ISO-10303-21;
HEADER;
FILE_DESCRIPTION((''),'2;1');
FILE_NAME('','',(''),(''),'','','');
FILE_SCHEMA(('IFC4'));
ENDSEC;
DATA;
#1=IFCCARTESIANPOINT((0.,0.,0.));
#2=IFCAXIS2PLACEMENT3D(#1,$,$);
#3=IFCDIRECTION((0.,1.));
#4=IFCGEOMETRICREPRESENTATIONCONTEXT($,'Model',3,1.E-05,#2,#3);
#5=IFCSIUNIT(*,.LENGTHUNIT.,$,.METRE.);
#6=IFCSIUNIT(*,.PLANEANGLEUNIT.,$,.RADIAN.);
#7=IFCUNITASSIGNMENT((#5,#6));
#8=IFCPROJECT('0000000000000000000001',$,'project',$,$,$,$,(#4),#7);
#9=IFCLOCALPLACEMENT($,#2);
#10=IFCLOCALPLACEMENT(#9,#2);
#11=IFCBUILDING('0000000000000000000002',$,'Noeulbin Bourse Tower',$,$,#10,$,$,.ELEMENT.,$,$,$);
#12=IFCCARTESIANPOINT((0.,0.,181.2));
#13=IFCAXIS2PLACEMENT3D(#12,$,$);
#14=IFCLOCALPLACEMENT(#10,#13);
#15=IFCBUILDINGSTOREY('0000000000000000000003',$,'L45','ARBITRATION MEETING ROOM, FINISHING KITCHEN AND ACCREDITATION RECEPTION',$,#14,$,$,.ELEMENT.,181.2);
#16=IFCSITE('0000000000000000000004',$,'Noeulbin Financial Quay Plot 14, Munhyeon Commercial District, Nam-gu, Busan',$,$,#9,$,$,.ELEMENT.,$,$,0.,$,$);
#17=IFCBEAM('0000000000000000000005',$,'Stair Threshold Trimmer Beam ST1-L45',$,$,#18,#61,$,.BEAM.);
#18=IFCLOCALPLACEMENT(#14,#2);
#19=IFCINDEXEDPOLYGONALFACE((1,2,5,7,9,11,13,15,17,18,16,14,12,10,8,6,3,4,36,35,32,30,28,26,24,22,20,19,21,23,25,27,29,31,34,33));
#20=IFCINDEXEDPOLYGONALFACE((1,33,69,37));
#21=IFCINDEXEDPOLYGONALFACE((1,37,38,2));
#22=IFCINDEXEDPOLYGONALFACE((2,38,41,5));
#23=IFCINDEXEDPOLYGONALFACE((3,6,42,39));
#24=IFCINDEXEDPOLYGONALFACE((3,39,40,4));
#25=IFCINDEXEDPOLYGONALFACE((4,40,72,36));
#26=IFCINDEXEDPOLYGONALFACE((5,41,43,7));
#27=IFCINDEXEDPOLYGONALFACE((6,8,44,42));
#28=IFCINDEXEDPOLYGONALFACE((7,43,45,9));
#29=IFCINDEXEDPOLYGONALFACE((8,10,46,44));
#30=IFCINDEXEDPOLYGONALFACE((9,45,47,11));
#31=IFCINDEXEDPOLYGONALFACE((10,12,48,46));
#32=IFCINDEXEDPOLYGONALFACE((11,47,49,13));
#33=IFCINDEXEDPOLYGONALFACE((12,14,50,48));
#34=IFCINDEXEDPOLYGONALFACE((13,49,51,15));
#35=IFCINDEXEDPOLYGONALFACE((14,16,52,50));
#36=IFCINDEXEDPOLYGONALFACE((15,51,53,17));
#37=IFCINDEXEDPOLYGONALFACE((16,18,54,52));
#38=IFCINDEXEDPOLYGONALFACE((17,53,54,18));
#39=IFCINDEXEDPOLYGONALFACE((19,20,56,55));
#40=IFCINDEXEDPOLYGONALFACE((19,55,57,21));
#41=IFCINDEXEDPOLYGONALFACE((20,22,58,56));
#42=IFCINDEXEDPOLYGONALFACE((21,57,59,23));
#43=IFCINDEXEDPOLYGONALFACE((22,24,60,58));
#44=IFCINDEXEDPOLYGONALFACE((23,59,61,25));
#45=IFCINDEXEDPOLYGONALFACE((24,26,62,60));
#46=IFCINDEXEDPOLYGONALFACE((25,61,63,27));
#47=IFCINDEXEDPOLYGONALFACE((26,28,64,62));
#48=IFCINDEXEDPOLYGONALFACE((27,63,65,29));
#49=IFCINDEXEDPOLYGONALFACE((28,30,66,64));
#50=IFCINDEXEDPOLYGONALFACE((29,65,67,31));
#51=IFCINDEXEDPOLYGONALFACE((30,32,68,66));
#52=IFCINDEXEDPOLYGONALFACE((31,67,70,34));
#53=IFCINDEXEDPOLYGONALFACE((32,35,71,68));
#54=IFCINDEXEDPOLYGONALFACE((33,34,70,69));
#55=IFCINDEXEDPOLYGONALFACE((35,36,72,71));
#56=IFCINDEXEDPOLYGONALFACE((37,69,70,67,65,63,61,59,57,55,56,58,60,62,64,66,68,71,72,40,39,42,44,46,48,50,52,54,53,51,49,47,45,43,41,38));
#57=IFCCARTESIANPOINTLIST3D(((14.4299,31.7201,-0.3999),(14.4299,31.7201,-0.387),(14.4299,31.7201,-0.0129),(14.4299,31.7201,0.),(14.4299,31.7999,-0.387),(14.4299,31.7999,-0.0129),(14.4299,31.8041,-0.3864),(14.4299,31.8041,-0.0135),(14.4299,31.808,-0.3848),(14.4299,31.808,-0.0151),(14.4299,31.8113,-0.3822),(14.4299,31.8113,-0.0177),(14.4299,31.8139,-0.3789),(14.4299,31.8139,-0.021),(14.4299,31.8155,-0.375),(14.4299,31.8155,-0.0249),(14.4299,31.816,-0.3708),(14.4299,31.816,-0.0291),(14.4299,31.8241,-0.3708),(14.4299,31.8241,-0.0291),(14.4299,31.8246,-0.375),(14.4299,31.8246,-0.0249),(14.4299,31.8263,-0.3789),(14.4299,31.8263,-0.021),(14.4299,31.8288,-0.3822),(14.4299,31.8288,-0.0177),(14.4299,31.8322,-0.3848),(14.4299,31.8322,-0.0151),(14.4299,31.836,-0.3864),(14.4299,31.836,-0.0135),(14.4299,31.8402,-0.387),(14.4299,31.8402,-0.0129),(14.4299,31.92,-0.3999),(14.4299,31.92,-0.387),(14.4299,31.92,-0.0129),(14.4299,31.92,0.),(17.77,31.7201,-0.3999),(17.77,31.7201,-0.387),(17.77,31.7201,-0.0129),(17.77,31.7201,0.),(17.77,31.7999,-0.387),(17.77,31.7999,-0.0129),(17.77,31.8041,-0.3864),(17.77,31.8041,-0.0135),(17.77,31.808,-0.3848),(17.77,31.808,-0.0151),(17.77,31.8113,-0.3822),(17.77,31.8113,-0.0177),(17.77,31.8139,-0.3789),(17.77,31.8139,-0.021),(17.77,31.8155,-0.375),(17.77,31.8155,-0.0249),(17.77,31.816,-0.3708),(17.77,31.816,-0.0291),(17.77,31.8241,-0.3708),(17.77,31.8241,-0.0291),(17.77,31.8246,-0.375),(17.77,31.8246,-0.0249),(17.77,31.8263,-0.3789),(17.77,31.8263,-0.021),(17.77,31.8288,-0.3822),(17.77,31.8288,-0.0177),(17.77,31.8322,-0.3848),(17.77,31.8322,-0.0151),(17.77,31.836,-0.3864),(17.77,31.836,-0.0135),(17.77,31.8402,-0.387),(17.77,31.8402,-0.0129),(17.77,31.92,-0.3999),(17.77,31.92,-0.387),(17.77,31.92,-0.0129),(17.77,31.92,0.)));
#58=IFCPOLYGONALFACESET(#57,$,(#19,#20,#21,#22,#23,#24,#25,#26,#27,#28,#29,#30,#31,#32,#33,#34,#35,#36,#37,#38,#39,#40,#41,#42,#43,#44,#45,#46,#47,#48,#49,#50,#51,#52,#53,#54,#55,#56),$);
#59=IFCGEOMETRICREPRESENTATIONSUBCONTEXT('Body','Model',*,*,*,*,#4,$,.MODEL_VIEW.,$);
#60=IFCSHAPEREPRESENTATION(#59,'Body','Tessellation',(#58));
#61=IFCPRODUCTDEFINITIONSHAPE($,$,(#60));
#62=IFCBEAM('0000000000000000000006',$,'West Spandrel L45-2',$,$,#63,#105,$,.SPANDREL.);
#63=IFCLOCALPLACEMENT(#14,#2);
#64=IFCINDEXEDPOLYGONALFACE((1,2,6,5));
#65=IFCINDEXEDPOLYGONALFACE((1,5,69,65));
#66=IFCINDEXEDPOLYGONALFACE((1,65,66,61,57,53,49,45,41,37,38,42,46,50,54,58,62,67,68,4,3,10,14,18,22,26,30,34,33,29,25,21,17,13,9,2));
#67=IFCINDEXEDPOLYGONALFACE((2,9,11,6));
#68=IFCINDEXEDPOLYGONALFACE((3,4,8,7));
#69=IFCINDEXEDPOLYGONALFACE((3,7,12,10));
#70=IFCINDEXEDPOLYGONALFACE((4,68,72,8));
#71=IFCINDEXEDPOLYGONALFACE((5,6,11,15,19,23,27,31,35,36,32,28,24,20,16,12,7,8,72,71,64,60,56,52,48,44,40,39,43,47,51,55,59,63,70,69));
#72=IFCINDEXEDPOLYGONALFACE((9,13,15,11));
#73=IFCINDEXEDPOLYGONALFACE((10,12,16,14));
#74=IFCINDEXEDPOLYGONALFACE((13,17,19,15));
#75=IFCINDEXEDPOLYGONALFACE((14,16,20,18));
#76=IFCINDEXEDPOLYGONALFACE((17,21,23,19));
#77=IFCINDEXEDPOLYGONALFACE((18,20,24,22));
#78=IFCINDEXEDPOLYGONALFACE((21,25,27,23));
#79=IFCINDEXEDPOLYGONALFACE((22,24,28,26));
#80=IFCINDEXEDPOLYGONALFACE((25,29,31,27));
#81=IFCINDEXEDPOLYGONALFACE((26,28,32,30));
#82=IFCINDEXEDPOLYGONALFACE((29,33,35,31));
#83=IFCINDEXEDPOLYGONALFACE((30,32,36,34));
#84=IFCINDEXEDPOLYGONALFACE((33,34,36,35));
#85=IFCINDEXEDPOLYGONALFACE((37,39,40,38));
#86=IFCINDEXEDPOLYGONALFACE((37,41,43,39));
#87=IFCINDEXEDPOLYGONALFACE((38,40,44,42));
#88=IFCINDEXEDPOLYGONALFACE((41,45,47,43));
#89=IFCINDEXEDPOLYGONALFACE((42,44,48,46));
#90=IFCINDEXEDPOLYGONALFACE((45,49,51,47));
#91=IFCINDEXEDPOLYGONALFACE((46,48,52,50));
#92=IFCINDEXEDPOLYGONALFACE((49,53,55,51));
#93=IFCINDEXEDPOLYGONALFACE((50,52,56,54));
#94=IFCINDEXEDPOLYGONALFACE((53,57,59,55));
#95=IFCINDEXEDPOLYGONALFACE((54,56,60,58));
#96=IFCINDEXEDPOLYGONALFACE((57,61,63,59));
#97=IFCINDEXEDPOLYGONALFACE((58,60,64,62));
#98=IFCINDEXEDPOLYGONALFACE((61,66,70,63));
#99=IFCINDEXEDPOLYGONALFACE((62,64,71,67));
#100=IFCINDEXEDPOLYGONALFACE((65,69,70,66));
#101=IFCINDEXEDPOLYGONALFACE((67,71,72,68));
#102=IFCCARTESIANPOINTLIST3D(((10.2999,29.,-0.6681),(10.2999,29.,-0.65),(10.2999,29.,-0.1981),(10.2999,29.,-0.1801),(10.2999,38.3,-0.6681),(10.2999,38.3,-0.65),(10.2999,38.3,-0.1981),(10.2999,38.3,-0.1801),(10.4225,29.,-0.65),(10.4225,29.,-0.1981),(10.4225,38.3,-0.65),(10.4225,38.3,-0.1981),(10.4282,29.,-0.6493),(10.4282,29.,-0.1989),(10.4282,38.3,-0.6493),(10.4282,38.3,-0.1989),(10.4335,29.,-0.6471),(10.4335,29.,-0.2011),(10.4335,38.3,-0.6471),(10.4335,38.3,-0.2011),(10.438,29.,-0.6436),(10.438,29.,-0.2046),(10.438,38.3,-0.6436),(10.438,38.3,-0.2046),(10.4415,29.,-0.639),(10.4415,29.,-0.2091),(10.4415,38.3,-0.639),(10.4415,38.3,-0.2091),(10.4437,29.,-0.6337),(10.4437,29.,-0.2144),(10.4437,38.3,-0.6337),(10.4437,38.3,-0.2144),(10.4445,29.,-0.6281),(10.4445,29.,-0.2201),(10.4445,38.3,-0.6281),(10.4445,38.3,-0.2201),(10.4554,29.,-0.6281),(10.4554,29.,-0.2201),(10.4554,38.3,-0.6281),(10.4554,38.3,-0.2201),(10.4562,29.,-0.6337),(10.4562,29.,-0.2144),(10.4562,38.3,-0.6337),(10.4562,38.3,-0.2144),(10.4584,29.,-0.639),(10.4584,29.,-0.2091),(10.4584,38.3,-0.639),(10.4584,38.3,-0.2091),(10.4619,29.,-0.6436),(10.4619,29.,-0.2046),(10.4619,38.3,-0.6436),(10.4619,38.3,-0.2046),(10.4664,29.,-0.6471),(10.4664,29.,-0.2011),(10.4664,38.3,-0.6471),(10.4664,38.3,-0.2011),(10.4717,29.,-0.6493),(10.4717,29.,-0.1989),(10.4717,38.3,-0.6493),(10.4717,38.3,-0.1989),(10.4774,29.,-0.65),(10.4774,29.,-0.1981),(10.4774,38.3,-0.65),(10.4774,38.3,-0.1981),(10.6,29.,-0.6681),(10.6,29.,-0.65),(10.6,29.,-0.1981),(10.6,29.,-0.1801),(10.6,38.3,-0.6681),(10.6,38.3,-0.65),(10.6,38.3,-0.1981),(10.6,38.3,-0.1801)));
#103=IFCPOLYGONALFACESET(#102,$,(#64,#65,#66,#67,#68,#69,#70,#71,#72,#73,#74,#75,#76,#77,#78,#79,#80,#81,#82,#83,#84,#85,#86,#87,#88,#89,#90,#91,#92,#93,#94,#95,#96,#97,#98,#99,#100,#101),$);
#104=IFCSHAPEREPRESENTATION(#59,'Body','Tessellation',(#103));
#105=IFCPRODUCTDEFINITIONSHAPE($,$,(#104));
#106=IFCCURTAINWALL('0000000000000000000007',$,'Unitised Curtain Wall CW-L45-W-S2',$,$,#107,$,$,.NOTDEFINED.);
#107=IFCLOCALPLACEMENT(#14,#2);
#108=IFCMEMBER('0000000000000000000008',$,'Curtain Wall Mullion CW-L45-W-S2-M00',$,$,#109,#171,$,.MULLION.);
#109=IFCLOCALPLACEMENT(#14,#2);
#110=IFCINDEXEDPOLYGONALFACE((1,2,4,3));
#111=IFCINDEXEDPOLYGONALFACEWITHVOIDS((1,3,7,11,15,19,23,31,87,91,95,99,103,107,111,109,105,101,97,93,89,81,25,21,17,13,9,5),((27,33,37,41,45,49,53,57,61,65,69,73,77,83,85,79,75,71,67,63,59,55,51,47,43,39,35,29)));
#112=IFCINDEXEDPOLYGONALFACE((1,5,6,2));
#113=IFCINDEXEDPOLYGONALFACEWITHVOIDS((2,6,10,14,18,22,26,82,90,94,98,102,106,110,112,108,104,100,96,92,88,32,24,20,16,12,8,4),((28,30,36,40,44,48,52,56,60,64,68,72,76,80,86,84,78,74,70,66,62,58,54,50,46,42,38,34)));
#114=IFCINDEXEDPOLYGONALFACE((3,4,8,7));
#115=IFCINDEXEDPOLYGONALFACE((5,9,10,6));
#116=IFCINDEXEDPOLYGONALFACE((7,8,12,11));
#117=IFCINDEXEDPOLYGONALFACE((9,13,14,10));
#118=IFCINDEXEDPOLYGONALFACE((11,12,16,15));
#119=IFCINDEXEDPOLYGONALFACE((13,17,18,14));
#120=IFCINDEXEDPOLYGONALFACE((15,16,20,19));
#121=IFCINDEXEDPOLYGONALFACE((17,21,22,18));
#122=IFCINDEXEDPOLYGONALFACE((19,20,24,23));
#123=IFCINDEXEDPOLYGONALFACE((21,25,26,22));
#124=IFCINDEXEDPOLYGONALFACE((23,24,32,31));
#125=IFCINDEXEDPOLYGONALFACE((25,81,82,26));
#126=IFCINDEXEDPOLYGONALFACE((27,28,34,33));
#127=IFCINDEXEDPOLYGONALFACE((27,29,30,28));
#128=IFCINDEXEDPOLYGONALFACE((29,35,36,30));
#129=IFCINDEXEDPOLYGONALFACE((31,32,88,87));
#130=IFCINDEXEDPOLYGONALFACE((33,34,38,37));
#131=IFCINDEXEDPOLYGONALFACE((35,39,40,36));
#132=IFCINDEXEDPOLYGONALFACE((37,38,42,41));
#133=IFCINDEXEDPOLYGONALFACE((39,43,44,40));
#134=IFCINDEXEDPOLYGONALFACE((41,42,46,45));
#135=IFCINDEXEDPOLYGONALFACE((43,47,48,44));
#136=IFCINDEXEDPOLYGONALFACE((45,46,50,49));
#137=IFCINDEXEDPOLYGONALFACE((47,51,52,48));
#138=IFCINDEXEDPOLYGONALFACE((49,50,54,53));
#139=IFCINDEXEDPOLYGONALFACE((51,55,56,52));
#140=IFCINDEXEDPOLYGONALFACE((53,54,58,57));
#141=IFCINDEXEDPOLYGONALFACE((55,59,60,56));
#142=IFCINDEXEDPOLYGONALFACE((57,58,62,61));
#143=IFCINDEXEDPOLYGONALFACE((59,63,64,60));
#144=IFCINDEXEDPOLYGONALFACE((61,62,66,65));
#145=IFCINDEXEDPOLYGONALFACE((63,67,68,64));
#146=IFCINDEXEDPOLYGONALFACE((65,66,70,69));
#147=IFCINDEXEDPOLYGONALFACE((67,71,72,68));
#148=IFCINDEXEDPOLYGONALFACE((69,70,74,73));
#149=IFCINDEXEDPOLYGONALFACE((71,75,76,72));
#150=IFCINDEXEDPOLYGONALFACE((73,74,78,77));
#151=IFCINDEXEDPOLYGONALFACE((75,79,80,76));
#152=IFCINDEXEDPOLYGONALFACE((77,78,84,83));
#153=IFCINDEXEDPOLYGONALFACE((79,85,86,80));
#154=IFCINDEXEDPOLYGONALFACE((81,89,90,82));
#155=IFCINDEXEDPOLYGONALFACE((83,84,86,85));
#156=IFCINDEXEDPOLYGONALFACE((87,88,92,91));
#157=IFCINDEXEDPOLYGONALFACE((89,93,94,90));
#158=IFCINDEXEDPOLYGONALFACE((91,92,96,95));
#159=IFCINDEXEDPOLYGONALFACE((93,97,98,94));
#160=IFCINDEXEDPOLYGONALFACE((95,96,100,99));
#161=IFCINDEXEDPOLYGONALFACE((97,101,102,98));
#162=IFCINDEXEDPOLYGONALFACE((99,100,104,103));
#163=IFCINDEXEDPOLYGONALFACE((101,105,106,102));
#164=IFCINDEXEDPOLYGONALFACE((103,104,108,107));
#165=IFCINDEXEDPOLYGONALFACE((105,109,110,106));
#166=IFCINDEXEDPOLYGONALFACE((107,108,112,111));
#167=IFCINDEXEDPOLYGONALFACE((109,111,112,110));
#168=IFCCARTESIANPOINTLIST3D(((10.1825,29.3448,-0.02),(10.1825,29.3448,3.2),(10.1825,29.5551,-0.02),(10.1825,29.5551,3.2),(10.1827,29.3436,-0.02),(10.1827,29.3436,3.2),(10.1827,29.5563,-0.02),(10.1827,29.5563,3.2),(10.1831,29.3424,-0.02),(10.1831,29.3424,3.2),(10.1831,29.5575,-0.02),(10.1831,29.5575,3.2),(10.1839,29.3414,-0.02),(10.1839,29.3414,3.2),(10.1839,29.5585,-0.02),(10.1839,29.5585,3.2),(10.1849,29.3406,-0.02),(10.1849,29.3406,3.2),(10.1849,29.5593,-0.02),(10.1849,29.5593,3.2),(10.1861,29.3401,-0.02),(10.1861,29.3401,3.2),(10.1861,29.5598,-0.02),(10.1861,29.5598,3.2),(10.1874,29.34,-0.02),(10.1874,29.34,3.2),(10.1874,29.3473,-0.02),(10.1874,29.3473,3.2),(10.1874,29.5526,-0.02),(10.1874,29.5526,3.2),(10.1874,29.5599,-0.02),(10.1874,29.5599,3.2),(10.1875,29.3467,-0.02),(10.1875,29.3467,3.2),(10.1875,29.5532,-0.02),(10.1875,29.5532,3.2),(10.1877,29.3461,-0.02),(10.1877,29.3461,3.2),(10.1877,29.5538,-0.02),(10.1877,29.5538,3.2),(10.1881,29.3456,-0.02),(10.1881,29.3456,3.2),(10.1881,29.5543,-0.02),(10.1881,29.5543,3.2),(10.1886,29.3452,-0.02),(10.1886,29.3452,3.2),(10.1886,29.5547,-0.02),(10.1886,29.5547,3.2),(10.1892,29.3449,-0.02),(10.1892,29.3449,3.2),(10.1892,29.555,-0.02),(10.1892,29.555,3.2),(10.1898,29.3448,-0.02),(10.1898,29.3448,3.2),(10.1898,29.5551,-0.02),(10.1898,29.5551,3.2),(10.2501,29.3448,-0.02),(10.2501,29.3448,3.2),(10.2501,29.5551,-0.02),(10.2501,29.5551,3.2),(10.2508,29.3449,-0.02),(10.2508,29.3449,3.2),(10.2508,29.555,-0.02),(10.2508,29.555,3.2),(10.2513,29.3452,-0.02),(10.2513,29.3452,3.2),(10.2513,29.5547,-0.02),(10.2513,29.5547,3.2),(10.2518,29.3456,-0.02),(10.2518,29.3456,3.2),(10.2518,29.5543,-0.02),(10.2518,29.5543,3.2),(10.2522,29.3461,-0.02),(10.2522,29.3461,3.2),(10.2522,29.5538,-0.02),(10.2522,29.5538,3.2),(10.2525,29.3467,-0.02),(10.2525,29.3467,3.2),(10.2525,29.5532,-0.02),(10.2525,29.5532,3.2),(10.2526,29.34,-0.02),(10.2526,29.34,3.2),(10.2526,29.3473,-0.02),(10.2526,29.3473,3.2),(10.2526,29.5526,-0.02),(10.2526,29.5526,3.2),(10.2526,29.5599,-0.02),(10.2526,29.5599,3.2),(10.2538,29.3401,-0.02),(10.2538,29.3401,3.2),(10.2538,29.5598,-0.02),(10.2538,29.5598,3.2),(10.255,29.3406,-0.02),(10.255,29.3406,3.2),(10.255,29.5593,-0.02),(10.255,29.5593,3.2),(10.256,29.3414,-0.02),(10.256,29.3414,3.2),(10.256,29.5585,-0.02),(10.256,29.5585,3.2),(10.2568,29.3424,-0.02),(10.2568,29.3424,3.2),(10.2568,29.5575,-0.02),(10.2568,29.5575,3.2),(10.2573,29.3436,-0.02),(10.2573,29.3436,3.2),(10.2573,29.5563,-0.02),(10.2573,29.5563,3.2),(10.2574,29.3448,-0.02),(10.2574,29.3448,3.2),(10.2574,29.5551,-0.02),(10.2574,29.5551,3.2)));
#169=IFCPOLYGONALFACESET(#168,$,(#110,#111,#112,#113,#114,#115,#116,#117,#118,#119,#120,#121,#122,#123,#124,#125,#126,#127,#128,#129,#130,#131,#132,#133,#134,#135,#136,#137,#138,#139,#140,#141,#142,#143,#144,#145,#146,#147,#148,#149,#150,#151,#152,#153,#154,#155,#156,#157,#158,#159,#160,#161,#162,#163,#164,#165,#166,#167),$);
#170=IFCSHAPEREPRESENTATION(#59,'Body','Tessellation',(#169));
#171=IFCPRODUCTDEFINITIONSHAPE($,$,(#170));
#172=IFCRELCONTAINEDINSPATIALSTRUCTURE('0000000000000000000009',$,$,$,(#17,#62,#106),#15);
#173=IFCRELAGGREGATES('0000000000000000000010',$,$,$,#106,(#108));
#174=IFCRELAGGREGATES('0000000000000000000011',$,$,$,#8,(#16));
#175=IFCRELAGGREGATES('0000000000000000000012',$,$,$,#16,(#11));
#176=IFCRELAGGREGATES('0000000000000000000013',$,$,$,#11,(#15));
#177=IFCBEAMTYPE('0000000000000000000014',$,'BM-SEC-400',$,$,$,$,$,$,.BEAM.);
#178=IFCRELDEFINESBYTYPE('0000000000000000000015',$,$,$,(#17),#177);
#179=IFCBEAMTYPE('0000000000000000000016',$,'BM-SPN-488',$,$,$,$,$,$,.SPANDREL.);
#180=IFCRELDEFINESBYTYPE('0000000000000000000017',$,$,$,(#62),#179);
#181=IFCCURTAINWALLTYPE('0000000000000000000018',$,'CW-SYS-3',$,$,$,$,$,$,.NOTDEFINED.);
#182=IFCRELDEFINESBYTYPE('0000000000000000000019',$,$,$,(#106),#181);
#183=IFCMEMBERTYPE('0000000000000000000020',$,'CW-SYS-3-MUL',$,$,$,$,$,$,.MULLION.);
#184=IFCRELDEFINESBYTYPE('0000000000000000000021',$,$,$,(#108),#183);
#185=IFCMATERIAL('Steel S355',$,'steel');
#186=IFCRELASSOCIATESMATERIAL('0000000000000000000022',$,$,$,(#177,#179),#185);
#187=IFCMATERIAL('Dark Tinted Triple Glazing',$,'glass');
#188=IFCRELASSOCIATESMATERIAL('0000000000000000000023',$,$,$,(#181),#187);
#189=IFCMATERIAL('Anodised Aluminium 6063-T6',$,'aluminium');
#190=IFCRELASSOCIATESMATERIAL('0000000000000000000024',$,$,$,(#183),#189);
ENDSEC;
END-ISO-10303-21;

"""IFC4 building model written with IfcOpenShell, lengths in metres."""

from ifc_helpers import new_model, si_unit, direction, frame, origin, origin_2d, place, context, subcontext, project, spatial, hollow_rectangle, i_section, extrude, material, material_profile, profile_set, type_object, element, aggregate, save


model = new_model("IFC4")

# Units and contexts
model_context = context("Model", 3, precision=1e-05, world=origin(), true_north=direction((0.0, 1.0)))
body_context = subcontext(model_context, "Body", "Model", "MODEL_VIEW")
ifc_project = project(units=[si_unit("LENGTHUNIT", "METRE"), si_unit("PLANEANGLEUNIT", "RADIAN")], contexts=[model_context])

# Site, building, storey
site_placement = place(None, origin())
site = spatial("IfcSite", under=ifc_project, at=site_placement, Name="Noeulbin Financial Quay Plot 14, Munhyeon Commercial District, Nam-gu, Busan", CompositionType="ELEMENT", RefElevation=0.0)
building_placement = place(site_placement, origin())
building = spatial("IfcBuilding", under=site, at=building_placement, Name="Noeulbin Bourse Tower", CompositionType="ELEMENT")
storey_placement = place(building_placement, frame((0.0, 0.0, 181.2)))
storey = spatial("IfcBuildingStorey", under=building, at=storey_placement, Name="L45", Description="ARBITRATION MEETING ROOM, FINISHING KITCHEN AND ACCREDITATION RECEPTION", CompositionType="ELEMENT", Elevation=181.2)

# Shared definitions
ifc_material_1 = material(Name="Steel S355", Category="steel")

# Beams
ifc_material_profile_1 = material_profile(ifc_material_1, i_section(OverallWidth=0.2, OverallDepth=0.3999, WebThickness=0.0081, FlangeThickness=0.0129, FilletRadius=0.0161, at=origin_2d()), Name="H-400x200x8x13", Category="LoadBearing")
ifc_profile_set_1 = profile_set([ifc_material_profile_1], Name="Steel S355")
beam_type_1 = type_object("IfcBeamType", Name="BM-SEC-400", PredefinedType="BEAM", material=ifc_profile_set_1)
beam_1_placement = place(storey_placement, frame((14.4299, 31.8201, -0.2), z_axis=(1.0, 0.0, 0.0), x_axis=(0.0, 1.0, 0.0)))
element("IfcBeam", 1, at=beam_1_placement, inside=storey, type_object=beam_type_1, Name="Stair Threshold Trimmer Beam ST1-L45", PredefinedType="BEAM", context=body_context, shape_type="SweptSolid", body=[
    extrude(i_section(OverallWidth=0.2, OverallDepth=0.3999, WebThickness=0.0081, FlangeThickness=0.0129, FilletRadius=0.0161, at=origin_2d()), origin(), (0.0, 0.0, 1.0), 3.3401),
])
ifc_material_profile_2 = material_profile(ifc_material_1, i_section(OverallWidth=0.3, OverallDepth=0.488, WebThickness=0.011, FlangeThickness=0.0181, FilletRadius=0.022, at=origin_2d()), Name="H-488x300x11x18", Category="LoadBearing")
ifc_profile_set_2 = profile_set([ifc_material_profile_2], Name="Steel S355")
beam_type_2 = type_object("IfcBeamType", Name="BM-SPN-488", PredefinedType="SPANDREL", material=ifc_profile_set_2)
beam_2_placement = place(storey_placement, frame((10.45, 29.0, -0.4241), z_axis=(0.0, 1.0, 0.0), x_axis=(-1.0, 0.0, 0.0)))
element("IfcBeam", 2, at=beam_2_placement, inside=storey, type_object=beam_type_2, Name="West Spandrel L45-2", PredefinedType="SPANDREL", context=body_context, shape_type="SweptSolid", body=[
    extrude(i_section(OverallWidth=0.3, OverallDepth=0.488, WebThickness=0.011, FlangeThickness=0.0181, FilletRadius=0.022, at=origin_2d()), origin(), (0.0, 0.0, 1.0), 9.3),
])

# Curtain wall, member
ifc_material_2 = material(Name="Dark Tinted Triple Glazing", Category="glass")
curtain_wall_type = type_object("IfcCurtainWallType", Name="CW-SYS-3", PredefinedType="NOTDEFINED", material=ifc_material_2)
curtain_wall_placement = place(storey_placement, origin())
curtain_wall = element("IfcCurtainWall", 3, at=curtain_wall_placement, inside=storey, type_object=curtain_wall_type, Name="Unitised Curtain Wall CW-L45-W-S2", PredefinedType="NOTDEFINED")
ifc_material_3 = material(Name="Anodised Aluminium 6063-T6", Category="aluminium")
ifc_material_profile_3 = material_profile(ifc_material_3, hollow_rectangle(XDim=0.075, YDim=0.22, WallThickness=0.0049, InnerFilletRadius=0.0024, OuterFilletRadius=0.0049, at=origin_2d()), Name="ALU-MULL-75x220x5", Category="LoadBearing")
ifc_profile_set_3 = profile_set([ifc_material_profile_3], Name="Anodised Aluminium 6063-T6")
member_type_1 = type_object("IfcMemberType", Name="CW-SYS-3-MUL", PredefinedType="MULLION", material=ifc_profile_set_3)
member_1_placement = place(storey_placement, frame((10.22, 29.45, -0.02), z_axis=(0.0, 0.0, 1.0), x_axis=(1.0, 0.0, 0.0)))
member_1 = element("IfcMember", 4, at=member_1_placement, type_object=member_type_1, Name="Curtain Wall Mullion CW-L45-W-S2-M00", PredefinedType="MULLION", context=body_context, shape_type="SweptSolid", body=[
    extrude(hollow_rectangle(XDim=0.075, YDim=0.22, WallThickness=0.0049, InnerFilletRadius=0.0024, OuterFilletRadius=0.0049, at=origin_2d()), origin(), (0.0, 0.0, 1.0), 3.22),
])
aggregate(curtain_wall, [member_1])

save(model, "model.ifc")
